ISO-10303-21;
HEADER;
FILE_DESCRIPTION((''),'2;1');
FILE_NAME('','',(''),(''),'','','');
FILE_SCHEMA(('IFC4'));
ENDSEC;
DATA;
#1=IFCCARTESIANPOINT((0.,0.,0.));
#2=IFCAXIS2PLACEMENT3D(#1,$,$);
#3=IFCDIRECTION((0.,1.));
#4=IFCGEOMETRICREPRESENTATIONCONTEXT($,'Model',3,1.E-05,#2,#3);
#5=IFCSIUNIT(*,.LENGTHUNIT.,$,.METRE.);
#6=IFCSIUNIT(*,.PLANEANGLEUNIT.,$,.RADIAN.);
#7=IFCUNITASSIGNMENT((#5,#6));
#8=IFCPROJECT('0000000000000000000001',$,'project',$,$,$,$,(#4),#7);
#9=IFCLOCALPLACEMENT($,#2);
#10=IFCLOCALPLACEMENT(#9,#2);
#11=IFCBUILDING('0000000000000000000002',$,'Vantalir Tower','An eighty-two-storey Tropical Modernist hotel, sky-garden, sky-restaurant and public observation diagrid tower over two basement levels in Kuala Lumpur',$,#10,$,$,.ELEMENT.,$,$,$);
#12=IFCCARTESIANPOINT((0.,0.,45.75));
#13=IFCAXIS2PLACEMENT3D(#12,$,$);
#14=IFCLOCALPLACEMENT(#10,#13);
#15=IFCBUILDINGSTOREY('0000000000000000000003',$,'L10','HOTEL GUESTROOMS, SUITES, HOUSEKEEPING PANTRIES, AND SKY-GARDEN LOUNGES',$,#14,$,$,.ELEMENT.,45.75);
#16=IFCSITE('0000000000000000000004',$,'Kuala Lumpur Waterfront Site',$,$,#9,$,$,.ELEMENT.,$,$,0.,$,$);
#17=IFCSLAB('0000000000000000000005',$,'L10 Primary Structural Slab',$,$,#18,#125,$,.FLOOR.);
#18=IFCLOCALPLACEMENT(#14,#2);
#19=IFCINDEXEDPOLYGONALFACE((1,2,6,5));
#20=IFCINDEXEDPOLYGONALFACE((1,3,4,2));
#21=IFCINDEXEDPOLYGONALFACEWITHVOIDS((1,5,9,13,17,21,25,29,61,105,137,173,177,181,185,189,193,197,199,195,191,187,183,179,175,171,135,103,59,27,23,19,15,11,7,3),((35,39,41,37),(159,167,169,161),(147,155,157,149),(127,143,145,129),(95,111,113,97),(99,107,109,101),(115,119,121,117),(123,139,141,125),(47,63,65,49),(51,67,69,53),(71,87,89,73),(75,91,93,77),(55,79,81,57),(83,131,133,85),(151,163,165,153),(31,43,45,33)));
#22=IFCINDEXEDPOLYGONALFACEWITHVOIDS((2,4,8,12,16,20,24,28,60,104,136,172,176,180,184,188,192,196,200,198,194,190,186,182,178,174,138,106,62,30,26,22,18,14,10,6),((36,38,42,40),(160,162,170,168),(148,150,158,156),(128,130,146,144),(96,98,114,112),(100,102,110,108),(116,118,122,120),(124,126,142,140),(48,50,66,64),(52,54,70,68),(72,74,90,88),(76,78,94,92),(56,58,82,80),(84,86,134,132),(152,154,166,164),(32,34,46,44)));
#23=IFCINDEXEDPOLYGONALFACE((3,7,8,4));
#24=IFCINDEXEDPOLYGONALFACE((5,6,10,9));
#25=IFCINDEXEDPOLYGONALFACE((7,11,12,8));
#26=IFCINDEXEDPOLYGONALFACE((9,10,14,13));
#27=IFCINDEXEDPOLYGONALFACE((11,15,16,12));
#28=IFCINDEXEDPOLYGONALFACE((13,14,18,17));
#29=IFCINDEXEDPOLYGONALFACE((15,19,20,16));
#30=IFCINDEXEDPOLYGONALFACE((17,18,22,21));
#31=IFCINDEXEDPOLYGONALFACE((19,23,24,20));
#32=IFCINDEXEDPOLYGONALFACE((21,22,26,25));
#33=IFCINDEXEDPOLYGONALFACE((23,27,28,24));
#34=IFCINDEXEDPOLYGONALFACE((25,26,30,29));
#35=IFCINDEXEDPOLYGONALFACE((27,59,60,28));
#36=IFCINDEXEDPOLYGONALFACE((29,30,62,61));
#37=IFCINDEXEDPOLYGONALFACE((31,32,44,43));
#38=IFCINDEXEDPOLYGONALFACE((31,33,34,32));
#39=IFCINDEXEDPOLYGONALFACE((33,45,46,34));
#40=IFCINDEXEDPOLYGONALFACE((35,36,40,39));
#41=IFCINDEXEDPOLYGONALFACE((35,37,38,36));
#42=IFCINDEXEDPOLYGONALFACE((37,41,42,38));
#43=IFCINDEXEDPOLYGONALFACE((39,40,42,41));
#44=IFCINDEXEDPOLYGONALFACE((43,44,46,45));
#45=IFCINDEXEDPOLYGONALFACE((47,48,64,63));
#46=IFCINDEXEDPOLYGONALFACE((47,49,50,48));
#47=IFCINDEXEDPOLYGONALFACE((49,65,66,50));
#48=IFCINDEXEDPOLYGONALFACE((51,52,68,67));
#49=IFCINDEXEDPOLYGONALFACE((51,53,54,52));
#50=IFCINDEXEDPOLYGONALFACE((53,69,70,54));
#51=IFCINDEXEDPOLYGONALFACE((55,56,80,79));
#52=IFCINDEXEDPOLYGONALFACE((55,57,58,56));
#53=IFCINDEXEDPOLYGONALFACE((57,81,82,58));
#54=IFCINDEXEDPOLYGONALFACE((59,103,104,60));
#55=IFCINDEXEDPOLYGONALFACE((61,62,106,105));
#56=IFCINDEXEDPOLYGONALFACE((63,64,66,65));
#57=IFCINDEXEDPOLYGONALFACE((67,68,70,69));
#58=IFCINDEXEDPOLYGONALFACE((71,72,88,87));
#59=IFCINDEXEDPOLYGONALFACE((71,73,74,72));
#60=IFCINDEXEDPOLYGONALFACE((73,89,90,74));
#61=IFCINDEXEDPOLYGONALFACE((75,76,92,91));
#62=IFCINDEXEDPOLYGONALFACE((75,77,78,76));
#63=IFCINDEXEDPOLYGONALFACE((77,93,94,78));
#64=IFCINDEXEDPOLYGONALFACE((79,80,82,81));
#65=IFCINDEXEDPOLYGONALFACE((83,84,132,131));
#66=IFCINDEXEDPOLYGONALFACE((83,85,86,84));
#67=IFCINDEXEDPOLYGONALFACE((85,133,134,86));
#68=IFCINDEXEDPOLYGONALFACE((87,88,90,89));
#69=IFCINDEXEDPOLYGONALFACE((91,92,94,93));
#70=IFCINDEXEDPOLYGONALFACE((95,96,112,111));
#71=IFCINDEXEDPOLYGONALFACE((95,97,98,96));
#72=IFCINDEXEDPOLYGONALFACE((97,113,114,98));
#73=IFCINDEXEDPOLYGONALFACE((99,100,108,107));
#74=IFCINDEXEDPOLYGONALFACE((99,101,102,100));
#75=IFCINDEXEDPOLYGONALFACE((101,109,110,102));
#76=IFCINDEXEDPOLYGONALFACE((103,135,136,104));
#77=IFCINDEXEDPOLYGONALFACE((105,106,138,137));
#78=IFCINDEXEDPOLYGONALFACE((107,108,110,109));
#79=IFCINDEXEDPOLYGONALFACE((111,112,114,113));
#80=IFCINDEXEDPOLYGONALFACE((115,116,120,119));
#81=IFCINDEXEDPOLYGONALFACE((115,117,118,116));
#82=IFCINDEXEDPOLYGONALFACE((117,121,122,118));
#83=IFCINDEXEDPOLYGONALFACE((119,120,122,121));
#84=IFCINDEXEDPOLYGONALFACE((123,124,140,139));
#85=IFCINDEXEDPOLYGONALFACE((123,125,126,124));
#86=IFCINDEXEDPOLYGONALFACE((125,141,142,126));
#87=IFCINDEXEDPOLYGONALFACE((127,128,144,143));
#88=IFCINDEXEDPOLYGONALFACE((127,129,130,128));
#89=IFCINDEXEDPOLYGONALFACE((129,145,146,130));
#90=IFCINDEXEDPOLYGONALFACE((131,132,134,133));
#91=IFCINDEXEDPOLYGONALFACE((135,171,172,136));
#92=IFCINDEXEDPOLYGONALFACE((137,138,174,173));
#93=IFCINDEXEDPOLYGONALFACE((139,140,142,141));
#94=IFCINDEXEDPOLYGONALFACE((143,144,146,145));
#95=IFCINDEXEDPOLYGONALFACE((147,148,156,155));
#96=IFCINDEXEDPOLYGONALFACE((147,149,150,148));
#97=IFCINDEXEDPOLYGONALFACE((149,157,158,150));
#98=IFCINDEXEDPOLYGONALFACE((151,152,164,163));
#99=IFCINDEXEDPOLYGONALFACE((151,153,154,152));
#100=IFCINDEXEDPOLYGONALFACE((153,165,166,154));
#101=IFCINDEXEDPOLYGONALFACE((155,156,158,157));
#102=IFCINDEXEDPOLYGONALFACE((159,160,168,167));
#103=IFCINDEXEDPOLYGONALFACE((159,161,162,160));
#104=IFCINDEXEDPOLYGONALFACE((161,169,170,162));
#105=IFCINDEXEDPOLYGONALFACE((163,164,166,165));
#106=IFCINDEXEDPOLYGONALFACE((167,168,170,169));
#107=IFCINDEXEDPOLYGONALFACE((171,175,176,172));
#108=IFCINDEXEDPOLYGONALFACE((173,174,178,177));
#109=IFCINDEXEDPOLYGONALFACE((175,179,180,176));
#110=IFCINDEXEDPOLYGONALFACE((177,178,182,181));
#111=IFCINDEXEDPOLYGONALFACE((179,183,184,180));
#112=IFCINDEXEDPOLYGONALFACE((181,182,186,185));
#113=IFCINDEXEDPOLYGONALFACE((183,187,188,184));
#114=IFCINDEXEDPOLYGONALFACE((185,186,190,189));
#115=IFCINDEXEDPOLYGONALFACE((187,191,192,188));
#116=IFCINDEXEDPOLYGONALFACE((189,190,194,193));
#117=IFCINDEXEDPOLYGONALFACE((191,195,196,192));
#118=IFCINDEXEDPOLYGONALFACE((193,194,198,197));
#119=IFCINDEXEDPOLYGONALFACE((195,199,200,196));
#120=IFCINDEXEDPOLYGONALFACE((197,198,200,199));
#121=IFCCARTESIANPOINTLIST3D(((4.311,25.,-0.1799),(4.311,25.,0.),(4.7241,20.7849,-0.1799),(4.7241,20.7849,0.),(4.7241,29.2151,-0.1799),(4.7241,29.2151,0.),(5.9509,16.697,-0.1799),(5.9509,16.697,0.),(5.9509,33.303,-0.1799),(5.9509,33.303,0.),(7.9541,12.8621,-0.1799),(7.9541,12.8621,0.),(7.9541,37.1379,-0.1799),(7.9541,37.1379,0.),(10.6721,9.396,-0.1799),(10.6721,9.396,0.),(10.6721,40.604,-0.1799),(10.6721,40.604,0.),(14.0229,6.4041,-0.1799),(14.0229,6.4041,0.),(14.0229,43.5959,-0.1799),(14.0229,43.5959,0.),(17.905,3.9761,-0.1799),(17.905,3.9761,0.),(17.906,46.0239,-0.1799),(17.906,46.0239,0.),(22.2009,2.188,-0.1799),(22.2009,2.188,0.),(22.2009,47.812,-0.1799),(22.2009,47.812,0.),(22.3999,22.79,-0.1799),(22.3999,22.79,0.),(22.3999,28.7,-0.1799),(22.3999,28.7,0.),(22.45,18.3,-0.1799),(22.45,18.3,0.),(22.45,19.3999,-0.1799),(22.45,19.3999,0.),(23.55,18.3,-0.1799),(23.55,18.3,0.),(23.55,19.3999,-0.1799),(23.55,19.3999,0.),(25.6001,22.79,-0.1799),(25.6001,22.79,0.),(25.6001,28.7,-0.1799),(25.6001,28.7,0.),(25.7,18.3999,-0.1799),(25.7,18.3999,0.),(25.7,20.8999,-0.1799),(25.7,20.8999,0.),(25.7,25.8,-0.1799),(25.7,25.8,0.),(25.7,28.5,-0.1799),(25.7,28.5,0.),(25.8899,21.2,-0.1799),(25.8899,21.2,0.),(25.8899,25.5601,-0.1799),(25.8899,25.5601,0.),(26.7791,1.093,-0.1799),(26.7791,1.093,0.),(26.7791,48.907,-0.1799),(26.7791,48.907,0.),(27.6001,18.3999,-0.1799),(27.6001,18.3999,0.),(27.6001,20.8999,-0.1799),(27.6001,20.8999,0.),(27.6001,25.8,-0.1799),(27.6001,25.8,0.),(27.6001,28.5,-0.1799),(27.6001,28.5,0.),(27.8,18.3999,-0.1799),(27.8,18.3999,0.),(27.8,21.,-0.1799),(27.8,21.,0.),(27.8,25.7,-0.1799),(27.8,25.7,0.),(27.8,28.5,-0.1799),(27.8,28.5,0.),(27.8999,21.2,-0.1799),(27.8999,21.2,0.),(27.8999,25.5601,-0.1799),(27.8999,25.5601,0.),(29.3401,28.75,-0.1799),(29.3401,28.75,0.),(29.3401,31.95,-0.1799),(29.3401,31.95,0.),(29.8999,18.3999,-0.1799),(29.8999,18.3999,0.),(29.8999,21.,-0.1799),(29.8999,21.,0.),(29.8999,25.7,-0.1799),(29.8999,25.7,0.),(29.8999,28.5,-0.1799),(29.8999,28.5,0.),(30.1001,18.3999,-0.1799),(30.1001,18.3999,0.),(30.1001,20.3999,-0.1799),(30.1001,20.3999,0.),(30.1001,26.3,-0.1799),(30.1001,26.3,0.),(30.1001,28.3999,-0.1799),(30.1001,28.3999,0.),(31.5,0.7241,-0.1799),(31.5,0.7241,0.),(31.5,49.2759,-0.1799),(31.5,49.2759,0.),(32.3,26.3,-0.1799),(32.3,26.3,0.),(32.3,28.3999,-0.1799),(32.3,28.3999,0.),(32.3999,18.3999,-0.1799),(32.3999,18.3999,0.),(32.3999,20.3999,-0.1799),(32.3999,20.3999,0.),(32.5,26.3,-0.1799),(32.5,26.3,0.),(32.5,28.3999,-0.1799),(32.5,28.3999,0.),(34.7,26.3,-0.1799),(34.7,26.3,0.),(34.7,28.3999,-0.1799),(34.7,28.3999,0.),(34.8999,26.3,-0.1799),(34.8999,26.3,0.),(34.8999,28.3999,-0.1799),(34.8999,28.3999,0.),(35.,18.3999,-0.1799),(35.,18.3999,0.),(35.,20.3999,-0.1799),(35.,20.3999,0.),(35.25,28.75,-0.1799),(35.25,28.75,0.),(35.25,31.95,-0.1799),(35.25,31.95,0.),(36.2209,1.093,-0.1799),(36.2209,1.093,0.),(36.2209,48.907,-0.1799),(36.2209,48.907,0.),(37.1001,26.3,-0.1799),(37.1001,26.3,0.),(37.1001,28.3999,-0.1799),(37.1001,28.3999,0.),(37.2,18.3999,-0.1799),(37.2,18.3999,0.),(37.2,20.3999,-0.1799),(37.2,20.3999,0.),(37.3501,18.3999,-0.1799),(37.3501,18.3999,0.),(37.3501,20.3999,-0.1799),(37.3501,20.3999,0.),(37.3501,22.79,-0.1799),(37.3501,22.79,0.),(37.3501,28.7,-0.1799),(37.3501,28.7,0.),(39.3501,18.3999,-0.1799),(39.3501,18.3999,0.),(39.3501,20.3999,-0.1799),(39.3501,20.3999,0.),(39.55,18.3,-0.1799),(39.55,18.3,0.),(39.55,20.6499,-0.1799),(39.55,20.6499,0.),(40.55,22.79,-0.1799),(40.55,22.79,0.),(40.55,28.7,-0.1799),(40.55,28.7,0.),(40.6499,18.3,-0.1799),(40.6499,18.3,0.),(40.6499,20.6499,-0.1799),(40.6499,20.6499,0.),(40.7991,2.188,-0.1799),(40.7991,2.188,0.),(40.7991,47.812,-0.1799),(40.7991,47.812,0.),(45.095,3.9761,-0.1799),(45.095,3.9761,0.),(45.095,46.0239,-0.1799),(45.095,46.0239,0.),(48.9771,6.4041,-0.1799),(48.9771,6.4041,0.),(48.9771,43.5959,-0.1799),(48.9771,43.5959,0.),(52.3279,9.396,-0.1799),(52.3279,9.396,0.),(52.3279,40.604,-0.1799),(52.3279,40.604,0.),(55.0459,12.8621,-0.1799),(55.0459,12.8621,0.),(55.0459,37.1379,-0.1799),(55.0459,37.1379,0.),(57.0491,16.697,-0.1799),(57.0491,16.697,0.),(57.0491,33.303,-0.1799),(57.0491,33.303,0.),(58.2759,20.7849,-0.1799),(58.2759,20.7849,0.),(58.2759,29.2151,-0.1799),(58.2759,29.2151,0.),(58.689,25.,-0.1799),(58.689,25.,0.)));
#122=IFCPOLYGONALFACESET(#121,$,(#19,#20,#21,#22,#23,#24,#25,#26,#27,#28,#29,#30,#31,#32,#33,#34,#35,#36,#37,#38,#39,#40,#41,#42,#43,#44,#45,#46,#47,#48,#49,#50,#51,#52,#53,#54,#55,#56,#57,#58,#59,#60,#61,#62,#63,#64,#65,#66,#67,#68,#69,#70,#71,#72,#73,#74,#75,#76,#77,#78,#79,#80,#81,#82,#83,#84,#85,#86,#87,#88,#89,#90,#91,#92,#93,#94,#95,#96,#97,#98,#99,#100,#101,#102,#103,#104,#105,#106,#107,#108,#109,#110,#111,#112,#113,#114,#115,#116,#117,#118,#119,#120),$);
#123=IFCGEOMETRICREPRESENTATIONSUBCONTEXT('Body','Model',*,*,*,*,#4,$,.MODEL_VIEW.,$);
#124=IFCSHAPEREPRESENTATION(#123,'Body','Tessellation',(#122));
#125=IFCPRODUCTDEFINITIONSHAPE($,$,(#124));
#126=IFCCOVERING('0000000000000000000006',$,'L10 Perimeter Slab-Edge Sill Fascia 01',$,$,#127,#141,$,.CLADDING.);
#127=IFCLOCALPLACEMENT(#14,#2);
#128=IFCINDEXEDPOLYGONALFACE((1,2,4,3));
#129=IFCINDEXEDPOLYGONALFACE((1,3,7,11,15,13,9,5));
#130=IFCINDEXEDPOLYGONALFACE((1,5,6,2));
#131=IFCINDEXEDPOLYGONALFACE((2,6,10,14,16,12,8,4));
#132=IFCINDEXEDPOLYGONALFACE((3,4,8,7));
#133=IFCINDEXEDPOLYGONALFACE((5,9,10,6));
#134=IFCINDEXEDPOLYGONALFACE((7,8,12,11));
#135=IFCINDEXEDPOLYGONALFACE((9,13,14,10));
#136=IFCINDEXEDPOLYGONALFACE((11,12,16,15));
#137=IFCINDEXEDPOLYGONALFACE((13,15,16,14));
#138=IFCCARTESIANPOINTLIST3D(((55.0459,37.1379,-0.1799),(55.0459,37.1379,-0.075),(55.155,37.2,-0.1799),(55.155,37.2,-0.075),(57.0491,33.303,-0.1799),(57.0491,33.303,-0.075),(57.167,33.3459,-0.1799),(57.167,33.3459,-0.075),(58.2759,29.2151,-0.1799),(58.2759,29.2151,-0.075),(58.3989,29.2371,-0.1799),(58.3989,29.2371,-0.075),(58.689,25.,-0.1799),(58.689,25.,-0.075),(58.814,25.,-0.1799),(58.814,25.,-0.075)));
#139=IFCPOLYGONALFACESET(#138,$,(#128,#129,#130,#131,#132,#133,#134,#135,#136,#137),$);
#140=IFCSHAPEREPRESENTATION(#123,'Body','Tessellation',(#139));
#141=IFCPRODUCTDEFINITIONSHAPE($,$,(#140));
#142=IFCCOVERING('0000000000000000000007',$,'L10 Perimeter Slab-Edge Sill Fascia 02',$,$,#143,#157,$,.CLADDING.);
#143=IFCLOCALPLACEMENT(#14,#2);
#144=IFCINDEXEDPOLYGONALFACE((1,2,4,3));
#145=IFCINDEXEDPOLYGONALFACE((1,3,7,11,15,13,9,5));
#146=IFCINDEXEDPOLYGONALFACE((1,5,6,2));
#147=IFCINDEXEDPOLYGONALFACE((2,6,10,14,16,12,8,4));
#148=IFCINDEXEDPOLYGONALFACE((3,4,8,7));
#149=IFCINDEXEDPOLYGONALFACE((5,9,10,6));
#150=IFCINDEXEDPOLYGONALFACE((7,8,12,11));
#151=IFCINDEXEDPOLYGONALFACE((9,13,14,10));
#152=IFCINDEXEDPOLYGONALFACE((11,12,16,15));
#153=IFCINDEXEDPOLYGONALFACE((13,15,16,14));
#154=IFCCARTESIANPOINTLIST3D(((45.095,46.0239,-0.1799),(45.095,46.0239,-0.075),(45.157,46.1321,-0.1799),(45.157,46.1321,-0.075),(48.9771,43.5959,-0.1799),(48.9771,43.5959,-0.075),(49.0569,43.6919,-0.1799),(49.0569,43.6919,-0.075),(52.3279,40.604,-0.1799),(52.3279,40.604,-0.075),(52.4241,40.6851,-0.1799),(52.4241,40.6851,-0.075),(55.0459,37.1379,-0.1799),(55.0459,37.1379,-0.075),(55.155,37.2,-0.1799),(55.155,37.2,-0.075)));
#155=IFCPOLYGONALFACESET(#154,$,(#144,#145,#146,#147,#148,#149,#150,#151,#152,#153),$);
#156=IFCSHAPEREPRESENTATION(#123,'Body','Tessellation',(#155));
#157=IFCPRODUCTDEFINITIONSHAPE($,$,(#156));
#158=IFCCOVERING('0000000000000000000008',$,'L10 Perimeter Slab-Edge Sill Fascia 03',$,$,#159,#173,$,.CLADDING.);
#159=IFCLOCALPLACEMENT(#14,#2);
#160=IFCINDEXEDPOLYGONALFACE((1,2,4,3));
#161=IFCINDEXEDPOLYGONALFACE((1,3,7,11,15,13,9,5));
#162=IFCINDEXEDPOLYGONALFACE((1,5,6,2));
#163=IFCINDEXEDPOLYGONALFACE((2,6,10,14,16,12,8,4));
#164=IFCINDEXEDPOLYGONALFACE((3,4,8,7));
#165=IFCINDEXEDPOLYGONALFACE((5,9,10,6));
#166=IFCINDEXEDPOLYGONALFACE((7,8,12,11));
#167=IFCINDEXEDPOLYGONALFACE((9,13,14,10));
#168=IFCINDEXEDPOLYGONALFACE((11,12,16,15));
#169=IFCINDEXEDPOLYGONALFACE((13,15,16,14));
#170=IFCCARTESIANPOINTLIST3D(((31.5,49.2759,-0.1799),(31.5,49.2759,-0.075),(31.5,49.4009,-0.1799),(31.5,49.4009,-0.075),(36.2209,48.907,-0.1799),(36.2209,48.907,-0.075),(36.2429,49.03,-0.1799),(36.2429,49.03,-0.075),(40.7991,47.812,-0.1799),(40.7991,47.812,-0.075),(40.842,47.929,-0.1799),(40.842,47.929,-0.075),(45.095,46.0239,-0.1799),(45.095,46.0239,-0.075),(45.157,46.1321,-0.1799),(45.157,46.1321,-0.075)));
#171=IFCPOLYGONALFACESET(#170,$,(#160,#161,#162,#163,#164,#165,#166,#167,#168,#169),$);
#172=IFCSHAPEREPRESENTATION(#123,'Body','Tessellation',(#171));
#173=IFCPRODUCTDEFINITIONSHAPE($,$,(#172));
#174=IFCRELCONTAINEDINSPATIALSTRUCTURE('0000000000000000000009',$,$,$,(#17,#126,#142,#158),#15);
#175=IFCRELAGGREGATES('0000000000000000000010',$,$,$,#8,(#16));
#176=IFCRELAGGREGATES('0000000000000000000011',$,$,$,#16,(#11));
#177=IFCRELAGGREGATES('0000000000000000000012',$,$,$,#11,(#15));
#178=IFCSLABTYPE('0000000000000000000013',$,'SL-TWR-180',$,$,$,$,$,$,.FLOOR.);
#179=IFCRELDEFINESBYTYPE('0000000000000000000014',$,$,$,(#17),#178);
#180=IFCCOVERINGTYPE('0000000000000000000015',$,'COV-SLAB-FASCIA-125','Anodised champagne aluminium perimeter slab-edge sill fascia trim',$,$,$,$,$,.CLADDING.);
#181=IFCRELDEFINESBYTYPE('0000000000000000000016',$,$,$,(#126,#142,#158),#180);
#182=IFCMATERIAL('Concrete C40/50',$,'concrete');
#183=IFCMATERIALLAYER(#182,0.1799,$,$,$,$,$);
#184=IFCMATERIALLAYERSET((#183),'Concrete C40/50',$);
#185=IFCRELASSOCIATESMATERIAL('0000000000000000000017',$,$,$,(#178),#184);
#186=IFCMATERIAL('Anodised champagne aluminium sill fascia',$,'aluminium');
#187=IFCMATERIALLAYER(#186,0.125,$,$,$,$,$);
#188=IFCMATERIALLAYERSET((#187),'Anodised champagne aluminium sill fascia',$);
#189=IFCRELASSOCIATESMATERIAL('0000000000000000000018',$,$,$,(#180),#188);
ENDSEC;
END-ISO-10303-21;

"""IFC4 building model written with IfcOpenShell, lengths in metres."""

from ifc_helpers import new_model, si_unit, direction, frame, origin, place, context, subcontext, project, spatial, polyline, outline, extrude, material, layer, layer_set, type_object, element, save


model = new_model("IFC4")

# Units and contexts
model_context = context("Model", 3, precision=1e-05, world=origin(), true_north=direction((0.0, 1.0)))
body_context = subcontext(model_context, "Body", "Model", "MODEL_VIEW")
ifc_project = project(units=[si_unit("LENGTHUNIT", "METRE"), si_unit("PLANEANGLEUNIT", "RADIAN")], contexts=[model_context])

# Site, building, storey
site_placement = place(None, origin())
site = spatial("IfcSite", under=ifc_project, at=site_placement, Name="Kuala Lumpur Waterfront Site", CompositionType="ELEMENT", RefElevation=0.0)
building_placement = place(site_placement, origin())
building = spatial("IfcBuilding", under=site, at=building_placement, Name="Vantalir Tower", Description="An eighty-two-storey Tropical Modernist hotel, sky-garden, sky-restaurant and public observation diagrid tower over two basement levels in Kuala Lumpur", CompositionType="ELEMENT")
storey_placement = place(building_placement, frame((0.0, 0.0, 45.75)))
storey = spatial("IfcBuildingStorey", under=building, at=storey_placement, Name="L10", Description="HOTEL GUESTROOMS, SUITES, HOUSEKEEPING PANTRIES, AND SKY-GARDEN LOUNGES", CompositionType="ELEMENT", Elevation=45.75)

# Shared definitions
ifc_material_1 = material(Name="Concrete C40/50", Category="concrete")

# Slab
ifc_layer_1 = layer(ifc_material_1, 0.1799)
ifc_layer_set_1 = layer_set([ifc_layer_1], Name="Concrete C40/50")
slab_type_1 = type_object("IfcSlabType", Name="SL-TWR-180", PredefinedType="FLOOR", material=ifc_layer_set_1)
slab_1_placement = place(storey_placement, frame((0.0, 0.0, -0.1799)))
element("IfcSlab", 1, at=slab_1_placement, inside=storey, type_object=slab_type_1, Name="L10 Primary Structural Slab", PredefinedType="FLOOR", context=body_context, shape_type="SweptSolid", body=[
    extrude(outline(polyline([(7.9541, 12.8621), (10.6721, 9.396), (14.0229, 6.4041), (17.905, 3.9761), (22.2009, 2.188), (26.7791, 1.093), (31.5, 0.7241), (36.2209, 1.093), (40.7991, 2.188), (45.095, 3.9761), (48.9771, 6.4041), (52.3279, 9.396), (55.0459, 12.8621), (57.0491, 16.697), (58.2759, 20.7849), (58.689, 25.0), (58.2759, 29.2151), (57.0491, 33.303), (55.0459, 37.1379), (52.3279, 40.604), (48.9771, 43.5959), (45.095, 46.0239), (40.7991, 47.812), (36.2209, 48.907), (31.5, 49.2759), (26.7791, 48.907), (22.2009, 47.812), (17.906, 46.0239), (14.0229, 43.5959), (10.6721, 40.604), (7.9541, 37.1379), (5.9509, 33.303), (4.7241, 29.2151), (4.311, 25.0), (4.7241, 20.7849), (5.9509, 16.697), (7.9541, 12.8621)]), holes=[polyline([(22.3999, 22.79), (22.3999, 28.7), (25.6001, 28.7), (25.6001, 22.79), (22.3999, 22.79)]), polyline([(37.3501, 28.7), (40.55, 28.7), (40.55, 22.79), (37.3501, 22.79), (37.3501, 28.7)]), polyline([(35.25, 28.75), (29.3401, 28.75), (29.3401, 31.95), (35.25, 31.95), (35.25, 28.75)]), polyline([(27.6001, 18.3999), (25.7, 18.3999), (25.7, 20.8999), (27.6001, 20.8999), (27.6001, 18.3999)]), polyline([(25.7, 25.8), (25.7, 28.5), (27.6001, 28.5), (27.6001, 25.8), (25.7, 25.8)]), polyline([(27.8, 21.0), (29.8999, 21.0), (29.8999, 18.3999), (27.8, 18.3999), (27.8, 21.0)]), polyline([(29.8999, 28.5), (29.8999, 25.7), (27.8, 25.7), (27.8, 28.5), (29.8999, 28.5)]), polyline([(32.3999, 18.3999), (30.1001, 18.3999), (30.1001, 20.3999), (32.3999, 20.3999), (32.3999, 18.3999)]), polyline([(37.3501, 18.3999), (37.3501, 20.3999), (39.3501, 20.3999), (39.3501, 18.3999), (37.3501, 18.3999)]), polyline([(35.0, 20.3999), (37.2, 20.3999), (37.2, 18.3999), (35.0, 18.3999), (35.0, 20.3999)]), polyline([(32.3, 28.3999), (32.3, 26.3), (30.1001, 26.3), (30.1001, 28.3999), (32.3, 28.3999)]), polyline([(34.7, 26.3), (32.5, 26.3), (32.5, 28.3999), (34.7, 28.3999), (34.7, 26.3)]), polyline([(34.8999, 26.3), (34.8999, 28.3999), (37.1001, 28.3999), (37.1001, 26.3), (34.8999, 26.3)]), polyline([(25.8899, 25.5601), (27.8999, 25.5601), (27.8999, 21.2), (25.8899, 21.2), (25.8899, 25.5601)]), polyline([(23.55, 19.3999), (23.55, 18.3), (22.45, 18.3), (22.45, 19.3999), (23.55, 19.3999)]), polyline([(40.6499, 18.3), (39.55, 18.3), (39.55, 20.6499), (40.6499, 20.6499), (40.6499, 18.3)])]), origin(), (0.0, 0.0, 1.0), 0.1799),
])

# Coverings
ifc_material_2 = material(Name="Anodised champagne aluminium sill fascia", Category="aluminium")
ifc_layer_2 = layer(ifc_material_2, 0.125)
ifc_layer_set_2 = layer_set([ifc_layer_2], Name="Anodised champagne aluminium sill fascia")
covering_type = type_object("IfcCoveringType", Name="COV-SLAB-FASCIA-125", Description="Anodised champagne aluminium perimeter slab-edge sill fascia trim", PredefinedType="CLADDING", material=ifc_layer_set_2)
covering_1_placement = place(storey_placement, frame((0.0, 0.0, -0.1799)))
element("IfcCovering", 2, at=covering_1_placement, inside=storey, type_object=covering_type, Name="L10 Perimeter Slab-Edge Sill Fascia 01", PredefinedType="CLADDING", context=body_context, shape_type="SweptSolid", body=[
    extrude(outline(polyline([(58.814, 25.0), (58.3989, 29.2371), (57.167, 33.3459), (55.155, 37.2), (55.0459, 37.1379), (57.0491, 33.303), (58.2759, 29.2151), (58.689, 25.0), (58.814, 25.0)])), origin(), (0.0, 0.0, 1.0), 0.105),
])
covering_2_placement = place(storey_placement, frame((0.0, 0.0, -0.1799)))
element("IfcCovering", 3, at=covering_2_placement, inside=storey, type_object=covering_type, Name="L10 Perimeter Slab-Edge Sill Fascia 02", PredefinedType="CLADDING", context=body_context, shape_type="SweptSolid", body=[
    extrude(outline(polyline([(55.155, 37.2), (52.4241, 40.6851), (49.0569, 43.6919), (45.157, 46.1321), (45.095, 46.0239), (48.9771, 43.5959), (52.3279, 40.604), (55.0459, 37.1379), (55.155, 37.2)])), origin(), (0.0, 0.0, 1.0), 0.105),
])
covering_3_placement = place(storey_placement, frame((0.0, 0.0, -0.1799)))
element("IfcCovering", 4, at=covering_3_placement, inside=storey, type_object=covering_type, Name="L10 Perimeter Slab-Edge Sill Fascia 03", PredefinedType="CLADDING", context=body_context, shape_type="SweptSolid", body=[
    extrude(outline(polyline([(45.157, 46.1321), (40.842, 47.929), (36.2429, 49.03), (31.5, 49.4009), (31.5, 49.2759), (36.2209, 48.907), (40.7991, 47.812), (45.095, 46.0239), (45.157, 46.1321)])), origin(), (0.0, 0.0, 1.0), 0.105),
])

save(model, "model.ifc")
